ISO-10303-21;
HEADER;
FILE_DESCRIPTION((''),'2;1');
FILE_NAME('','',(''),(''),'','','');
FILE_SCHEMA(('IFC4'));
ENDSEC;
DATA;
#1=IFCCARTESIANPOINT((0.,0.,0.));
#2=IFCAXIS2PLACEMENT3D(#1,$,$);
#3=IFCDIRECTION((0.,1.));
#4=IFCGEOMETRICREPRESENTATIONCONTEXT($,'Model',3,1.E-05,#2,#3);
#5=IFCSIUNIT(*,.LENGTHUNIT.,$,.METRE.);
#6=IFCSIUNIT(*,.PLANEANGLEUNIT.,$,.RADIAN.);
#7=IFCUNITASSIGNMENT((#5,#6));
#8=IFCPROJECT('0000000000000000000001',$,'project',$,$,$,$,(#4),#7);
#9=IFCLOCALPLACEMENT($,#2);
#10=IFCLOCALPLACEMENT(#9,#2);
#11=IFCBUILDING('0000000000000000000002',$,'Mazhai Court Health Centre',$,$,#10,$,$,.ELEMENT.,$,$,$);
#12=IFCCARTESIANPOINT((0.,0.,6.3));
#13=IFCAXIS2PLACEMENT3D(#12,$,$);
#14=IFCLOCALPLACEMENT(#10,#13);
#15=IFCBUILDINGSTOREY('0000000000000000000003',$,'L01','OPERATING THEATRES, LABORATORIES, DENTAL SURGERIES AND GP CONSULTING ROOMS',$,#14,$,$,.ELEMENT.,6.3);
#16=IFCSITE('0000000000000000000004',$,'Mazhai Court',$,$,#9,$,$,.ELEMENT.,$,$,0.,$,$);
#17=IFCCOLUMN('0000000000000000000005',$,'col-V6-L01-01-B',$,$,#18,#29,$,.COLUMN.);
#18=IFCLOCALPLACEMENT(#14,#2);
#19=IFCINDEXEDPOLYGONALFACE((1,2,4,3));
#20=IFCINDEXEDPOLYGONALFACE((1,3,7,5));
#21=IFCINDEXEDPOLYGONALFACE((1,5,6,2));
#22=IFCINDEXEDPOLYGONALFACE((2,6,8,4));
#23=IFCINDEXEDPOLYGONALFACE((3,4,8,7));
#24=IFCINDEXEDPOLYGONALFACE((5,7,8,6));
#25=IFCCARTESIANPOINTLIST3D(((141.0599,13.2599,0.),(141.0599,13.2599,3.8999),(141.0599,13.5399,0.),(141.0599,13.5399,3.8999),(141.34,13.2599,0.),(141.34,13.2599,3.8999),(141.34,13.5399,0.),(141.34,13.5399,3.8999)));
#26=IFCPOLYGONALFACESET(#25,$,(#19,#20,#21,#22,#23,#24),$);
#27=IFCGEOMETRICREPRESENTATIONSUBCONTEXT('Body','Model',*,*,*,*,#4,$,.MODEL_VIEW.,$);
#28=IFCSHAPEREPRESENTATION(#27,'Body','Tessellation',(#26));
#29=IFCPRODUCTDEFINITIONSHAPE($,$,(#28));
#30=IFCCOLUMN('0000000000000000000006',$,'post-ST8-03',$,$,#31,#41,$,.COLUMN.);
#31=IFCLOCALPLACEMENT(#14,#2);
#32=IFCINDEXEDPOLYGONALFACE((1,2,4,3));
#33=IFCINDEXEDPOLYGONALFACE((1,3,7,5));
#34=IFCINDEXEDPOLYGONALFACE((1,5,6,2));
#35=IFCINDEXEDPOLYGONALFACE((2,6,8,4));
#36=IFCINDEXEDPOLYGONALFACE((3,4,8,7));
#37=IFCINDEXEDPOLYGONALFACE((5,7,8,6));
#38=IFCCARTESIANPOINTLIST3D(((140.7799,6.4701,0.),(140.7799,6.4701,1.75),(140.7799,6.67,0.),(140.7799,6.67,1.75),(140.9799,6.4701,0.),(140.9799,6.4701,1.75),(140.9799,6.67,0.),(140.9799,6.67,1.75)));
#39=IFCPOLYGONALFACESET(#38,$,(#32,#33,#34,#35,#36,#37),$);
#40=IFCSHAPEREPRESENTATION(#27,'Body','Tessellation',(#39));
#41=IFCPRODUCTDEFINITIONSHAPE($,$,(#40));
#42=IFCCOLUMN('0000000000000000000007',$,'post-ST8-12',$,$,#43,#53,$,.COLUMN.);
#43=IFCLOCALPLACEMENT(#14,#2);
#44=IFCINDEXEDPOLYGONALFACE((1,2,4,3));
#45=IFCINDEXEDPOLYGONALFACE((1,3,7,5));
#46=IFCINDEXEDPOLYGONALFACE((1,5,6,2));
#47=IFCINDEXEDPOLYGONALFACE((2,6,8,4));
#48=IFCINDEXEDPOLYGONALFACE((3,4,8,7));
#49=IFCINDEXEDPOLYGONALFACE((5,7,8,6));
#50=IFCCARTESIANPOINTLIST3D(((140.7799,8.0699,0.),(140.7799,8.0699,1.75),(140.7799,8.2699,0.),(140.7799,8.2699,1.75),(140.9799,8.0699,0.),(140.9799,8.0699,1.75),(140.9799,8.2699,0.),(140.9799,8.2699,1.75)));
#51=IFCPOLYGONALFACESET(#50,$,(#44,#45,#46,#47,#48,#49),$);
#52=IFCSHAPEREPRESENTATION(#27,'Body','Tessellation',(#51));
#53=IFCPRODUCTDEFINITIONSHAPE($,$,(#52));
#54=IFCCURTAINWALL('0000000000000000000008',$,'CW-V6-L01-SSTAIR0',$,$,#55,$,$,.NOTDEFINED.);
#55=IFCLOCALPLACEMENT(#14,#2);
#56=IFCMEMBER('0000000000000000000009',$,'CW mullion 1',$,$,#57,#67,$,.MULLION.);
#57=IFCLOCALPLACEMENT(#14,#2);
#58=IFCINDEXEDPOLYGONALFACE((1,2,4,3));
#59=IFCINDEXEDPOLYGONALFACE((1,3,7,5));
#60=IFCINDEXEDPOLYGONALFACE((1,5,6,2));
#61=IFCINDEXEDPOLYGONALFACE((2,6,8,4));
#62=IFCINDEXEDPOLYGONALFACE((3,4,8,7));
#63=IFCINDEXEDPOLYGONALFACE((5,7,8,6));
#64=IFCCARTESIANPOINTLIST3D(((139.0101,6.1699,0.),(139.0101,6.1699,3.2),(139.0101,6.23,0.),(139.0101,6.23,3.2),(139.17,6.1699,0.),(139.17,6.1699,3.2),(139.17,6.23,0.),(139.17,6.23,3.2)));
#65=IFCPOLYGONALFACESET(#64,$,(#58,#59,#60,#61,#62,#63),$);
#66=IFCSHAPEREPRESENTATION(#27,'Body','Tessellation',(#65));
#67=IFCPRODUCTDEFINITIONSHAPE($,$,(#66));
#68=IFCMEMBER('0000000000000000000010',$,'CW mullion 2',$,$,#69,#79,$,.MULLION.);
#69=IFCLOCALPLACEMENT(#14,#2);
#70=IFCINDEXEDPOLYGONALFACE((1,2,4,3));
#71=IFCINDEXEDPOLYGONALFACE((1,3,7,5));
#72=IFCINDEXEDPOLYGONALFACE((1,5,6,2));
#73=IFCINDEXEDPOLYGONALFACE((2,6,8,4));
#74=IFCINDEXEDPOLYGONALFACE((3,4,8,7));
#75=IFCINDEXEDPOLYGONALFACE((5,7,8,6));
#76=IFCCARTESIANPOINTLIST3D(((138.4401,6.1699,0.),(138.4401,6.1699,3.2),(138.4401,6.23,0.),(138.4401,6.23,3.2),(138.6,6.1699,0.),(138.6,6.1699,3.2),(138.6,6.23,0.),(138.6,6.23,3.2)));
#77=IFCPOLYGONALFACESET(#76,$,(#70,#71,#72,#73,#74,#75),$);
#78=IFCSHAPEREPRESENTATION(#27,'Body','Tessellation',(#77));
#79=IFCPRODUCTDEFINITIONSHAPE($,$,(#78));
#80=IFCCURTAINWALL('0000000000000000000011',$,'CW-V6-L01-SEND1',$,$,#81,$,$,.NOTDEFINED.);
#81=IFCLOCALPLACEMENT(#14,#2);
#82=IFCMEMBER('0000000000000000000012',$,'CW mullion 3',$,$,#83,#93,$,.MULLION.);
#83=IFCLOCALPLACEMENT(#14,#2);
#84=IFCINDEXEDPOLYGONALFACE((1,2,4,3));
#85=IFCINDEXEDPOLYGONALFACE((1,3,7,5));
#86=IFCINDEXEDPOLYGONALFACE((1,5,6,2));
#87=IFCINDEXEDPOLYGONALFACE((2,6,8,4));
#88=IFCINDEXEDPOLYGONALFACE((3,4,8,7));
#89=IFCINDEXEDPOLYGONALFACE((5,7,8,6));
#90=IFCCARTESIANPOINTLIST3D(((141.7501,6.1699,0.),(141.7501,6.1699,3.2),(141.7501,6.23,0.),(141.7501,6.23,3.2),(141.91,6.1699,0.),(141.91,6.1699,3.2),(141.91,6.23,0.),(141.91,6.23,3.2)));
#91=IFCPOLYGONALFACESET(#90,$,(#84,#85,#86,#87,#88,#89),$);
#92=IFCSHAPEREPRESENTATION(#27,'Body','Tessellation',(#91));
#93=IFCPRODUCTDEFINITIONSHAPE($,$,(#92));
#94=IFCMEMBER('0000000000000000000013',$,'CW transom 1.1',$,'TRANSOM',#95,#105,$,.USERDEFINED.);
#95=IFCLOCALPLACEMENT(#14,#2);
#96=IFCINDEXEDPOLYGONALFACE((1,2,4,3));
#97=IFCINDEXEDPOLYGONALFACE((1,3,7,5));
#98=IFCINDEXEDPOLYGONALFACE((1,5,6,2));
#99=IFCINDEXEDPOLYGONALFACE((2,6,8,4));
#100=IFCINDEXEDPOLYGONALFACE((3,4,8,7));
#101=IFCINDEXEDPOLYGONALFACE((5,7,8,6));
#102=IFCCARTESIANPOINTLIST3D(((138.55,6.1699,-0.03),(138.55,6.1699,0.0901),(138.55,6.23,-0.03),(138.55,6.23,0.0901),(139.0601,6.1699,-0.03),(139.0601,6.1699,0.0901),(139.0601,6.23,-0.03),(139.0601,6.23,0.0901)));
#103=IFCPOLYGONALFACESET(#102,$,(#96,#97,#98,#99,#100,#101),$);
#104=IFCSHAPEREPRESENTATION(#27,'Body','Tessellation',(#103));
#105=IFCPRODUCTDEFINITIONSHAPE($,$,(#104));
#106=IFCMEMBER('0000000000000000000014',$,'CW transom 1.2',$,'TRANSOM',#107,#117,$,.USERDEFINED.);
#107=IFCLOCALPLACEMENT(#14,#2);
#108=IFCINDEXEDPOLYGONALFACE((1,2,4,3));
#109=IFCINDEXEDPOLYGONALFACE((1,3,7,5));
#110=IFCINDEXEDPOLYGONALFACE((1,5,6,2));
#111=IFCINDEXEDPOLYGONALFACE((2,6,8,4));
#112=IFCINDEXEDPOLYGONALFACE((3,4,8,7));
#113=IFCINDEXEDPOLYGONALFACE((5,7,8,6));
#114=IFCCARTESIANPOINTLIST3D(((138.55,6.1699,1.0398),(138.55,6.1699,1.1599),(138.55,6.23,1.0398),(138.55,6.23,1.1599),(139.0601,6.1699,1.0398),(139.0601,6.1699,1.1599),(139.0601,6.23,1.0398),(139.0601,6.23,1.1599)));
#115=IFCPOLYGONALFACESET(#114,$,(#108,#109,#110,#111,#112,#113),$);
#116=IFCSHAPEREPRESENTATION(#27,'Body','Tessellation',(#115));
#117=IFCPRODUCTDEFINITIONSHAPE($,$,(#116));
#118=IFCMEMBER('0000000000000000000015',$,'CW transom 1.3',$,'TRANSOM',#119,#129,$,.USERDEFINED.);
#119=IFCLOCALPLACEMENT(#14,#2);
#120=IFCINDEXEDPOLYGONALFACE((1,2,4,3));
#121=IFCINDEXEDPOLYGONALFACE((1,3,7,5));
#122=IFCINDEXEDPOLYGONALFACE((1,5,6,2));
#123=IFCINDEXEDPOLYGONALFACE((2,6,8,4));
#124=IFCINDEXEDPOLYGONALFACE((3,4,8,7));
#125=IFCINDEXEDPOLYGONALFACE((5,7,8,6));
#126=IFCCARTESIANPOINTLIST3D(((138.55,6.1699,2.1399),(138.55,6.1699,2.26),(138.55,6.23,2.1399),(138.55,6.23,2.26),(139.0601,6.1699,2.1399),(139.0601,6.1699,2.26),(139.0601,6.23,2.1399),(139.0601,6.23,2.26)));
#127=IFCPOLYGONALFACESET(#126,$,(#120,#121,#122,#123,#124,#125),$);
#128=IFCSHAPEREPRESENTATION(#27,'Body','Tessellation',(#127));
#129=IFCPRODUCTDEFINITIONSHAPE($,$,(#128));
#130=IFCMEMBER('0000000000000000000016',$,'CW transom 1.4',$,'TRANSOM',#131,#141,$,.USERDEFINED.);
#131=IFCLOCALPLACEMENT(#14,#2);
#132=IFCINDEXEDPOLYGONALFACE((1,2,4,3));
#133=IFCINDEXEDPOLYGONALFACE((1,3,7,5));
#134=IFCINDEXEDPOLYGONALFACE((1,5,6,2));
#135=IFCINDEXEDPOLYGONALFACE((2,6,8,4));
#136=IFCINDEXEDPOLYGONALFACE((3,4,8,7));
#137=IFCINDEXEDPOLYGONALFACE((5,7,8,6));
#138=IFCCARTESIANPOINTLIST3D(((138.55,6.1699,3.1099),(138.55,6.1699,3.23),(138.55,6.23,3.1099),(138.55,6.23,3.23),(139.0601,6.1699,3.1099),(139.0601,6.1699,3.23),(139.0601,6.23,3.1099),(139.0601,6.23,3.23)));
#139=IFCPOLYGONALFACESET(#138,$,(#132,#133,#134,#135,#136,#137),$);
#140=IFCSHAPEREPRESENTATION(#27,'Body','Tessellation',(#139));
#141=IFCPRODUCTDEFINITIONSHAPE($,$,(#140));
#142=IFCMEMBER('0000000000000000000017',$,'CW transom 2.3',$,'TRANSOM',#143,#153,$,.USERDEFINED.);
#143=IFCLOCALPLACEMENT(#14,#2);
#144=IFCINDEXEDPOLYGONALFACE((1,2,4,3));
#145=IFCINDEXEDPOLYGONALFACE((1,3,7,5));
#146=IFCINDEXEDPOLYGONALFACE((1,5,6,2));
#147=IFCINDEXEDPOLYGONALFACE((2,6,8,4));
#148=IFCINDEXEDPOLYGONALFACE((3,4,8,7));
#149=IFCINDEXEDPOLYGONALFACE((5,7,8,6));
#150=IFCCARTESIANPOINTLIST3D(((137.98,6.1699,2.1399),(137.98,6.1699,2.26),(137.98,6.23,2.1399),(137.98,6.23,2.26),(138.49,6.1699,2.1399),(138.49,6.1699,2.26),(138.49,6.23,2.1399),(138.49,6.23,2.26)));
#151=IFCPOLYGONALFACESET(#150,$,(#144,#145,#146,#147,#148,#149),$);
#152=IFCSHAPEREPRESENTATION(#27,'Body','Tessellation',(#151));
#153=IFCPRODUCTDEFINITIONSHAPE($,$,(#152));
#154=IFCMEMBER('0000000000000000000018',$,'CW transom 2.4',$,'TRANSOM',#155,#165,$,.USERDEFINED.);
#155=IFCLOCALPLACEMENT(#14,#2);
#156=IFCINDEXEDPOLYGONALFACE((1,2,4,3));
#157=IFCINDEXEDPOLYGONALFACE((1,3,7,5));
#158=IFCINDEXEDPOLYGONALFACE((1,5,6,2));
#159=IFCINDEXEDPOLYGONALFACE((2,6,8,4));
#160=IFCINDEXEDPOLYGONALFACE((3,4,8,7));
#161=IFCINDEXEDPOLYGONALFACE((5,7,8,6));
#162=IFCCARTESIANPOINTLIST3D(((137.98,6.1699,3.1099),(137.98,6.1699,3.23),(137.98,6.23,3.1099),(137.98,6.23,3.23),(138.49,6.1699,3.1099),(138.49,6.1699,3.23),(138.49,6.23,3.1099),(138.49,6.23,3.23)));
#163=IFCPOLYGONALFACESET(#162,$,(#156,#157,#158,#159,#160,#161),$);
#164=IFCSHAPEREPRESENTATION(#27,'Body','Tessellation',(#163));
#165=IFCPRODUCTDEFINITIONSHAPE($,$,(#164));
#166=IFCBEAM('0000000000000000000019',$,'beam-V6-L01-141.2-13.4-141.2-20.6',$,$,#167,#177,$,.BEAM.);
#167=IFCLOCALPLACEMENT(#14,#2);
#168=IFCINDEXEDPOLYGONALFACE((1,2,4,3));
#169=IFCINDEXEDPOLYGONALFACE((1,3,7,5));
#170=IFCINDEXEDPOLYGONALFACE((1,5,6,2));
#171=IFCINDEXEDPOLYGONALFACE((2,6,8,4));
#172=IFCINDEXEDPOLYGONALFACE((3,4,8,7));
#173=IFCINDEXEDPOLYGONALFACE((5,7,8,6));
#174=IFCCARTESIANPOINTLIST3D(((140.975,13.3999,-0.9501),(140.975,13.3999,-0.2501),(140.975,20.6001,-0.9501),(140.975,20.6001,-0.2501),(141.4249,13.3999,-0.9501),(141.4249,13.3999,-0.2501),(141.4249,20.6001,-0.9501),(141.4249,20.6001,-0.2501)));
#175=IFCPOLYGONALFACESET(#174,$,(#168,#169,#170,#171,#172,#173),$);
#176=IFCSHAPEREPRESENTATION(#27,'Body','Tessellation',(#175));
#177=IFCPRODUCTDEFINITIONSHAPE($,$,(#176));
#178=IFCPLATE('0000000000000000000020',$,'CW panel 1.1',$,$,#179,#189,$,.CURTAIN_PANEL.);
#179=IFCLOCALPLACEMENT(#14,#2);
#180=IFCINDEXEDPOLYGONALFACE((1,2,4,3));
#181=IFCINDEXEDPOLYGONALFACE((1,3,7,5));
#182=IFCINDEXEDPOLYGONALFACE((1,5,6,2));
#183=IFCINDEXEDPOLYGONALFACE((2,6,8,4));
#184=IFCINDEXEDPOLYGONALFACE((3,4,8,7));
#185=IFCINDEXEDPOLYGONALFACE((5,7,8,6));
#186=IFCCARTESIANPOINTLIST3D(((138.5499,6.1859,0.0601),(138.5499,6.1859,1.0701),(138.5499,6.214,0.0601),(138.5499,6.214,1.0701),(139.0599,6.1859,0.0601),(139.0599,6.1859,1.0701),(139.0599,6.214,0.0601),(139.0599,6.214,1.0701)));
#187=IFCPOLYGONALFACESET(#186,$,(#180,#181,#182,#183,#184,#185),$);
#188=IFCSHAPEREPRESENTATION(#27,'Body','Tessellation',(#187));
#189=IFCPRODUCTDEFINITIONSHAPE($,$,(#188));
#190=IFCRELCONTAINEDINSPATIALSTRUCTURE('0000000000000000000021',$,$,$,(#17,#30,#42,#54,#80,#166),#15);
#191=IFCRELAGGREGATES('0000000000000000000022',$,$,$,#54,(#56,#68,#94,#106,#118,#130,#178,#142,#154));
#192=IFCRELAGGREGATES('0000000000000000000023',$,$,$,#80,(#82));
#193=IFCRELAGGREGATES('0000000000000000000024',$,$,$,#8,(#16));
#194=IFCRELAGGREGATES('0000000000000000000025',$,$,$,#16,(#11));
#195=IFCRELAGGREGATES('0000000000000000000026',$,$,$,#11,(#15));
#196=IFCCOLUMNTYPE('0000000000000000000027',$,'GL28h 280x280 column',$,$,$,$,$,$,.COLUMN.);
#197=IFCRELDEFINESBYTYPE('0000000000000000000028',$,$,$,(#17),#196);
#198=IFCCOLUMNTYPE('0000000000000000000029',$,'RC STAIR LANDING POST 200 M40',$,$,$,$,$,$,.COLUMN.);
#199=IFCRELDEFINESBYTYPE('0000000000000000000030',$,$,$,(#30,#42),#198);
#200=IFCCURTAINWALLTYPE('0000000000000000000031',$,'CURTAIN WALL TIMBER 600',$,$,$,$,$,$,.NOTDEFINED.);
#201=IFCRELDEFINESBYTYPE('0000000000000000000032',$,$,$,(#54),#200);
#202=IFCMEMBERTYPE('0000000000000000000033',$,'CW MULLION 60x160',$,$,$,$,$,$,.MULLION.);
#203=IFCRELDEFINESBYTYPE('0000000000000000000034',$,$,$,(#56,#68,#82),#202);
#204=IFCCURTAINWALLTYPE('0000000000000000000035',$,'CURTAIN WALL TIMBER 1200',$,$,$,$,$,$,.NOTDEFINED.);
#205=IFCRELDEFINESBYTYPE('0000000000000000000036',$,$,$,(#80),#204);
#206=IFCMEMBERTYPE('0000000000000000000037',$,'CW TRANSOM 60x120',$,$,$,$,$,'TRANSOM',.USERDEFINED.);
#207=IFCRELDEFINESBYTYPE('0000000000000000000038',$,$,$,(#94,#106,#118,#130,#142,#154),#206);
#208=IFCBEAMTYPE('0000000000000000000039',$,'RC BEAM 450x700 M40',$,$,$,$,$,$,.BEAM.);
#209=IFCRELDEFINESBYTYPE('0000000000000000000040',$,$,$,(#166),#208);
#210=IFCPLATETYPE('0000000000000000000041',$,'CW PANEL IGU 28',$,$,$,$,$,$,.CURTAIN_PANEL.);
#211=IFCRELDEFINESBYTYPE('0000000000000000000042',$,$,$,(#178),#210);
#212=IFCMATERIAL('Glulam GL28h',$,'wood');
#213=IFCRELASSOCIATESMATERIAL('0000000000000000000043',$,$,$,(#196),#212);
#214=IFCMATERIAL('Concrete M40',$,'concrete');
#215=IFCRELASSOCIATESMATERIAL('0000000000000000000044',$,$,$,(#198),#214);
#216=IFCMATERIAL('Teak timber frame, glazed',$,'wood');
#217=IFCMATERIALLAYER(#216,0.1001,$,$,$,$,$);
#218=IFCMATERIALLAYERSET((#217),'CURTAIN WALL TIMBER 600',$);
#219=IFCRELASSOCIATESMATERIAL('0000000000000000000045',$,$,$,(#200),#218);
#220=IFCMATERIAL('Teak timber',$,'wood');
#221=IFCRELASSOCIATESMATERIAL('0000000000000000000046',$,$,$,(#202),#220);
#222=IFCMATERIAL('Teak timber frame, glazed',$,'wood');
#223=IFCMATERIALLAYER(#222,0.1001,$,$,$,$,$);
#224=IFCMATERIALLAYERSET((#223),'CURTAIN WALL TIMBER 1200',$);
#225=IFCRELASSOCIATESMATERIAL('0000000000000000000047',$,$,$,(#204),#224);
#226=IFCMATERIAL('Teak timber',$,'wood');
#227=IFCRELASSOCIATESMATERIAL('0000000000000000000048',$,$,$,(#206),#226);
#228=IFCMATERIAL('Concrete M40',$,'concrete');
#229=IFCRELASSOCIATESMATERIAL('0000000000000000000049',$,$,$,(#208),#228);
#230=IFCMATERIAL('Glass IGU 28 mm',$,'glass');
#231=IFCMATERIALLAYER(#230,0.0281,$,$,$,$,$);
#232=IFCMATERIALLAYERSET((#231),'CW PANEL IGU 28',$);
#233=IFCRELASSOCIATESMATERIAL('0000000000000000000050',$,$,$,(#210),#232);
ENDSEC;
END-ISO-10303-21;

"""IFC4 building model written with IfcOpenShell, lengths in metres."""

from ifc_helpers import new_model, si_unit, direction, frame, origin, origin_2d, place, context, subcontext, project, spatial, rectangle, extrude, material, layer, layer_set, material_profile, profile_set, type_object, element, aggregate, save


model = new_model("IFC4")

# Units and contexts
model_context = context("Model", 3, precision=1e-05, world=origin(), true_north=direction((0.0, 1.0)))
body_context = subcontext(model_context, "Body", "Model", "MODEL_VIEW")
ifc_project = project(units=[si_unit("LENGTHUNIT", "METRE"), si_unit("PLANEANGLEUNIT", "RADIAN")], contexts=[model_context])

# Site, building, storey
site_placement = place(None, origin())
site = spatial("IfcSite", under=ifc_project, at=site_placement, Name="Mazhai Court", CompositionType="ELEMENT", RefElevation=0.0)
building_placement = place(site_placement, origin())
building = spatial("IfcBuilding", under=site, at=building_placement, Name="Mazhai Court Health Centre", CompositionType="ELEMENT")
storey_placement = place(building_placement, frame((0.0, 0.0, 6.3)))
storey = spatial("IfcBuildingStorey", under=building, at=storey_placement, Name="L01", Description="OPERATING THEATRES, LABORATORIES, DENTAL SURGERIES AND GP CONSULTING ROOMS", CompositionType="ELEMENT", Elevation=6.3)

# Columns
ifc_material_1 = material(Name="Glulam GL28h", Category="wood")
ifc_material_profile_1 = material_profile(ifc_material_1, rectangle(XDim=0.28, YDim=0.28, at=origin_2d()), Name="GL28h 280x280")
ifc_profile_set_1 = profile_set([ifc_material_profile_1], Name="Glulam GL28h")
column_type_1 = type_object("IfcColumnType", Name="GL28h 280x280 column", PredefinedType="COLUMN", material=ifc_profile_set_1)
column_placement = place(storey_placement, frame((141.2, 13.3999, 0.0), z_axis=(0.0, 0.0, 1.0), x_axis=(1.0, 0.0, 0.0)))
element("IfcColumn", 1, at=column_placement, inside=storey, type_object=column_type_1, Name="col-V6-L01-01-B", PredefinedType="COLUMN", context=body_context, shape_type="SweptSolid", body=[
    extrude(rectangle(XDim=0.28, YDim=0.28, at=origin_2d()), origin(), (0.0, 0.0, 1.0), 3.8999),
])
ifc_material_2 = material(Name="Concrete M40", Category="concrete")
ifc_material_profile_2 = material_profile(ifc_material_2, rectangle(XDim=0.2, YDim=0.2, at=origin_2d()), Name="RC 200x200")
ifc_profile_set_2 = profile_set([ifc_material_profile_2], Name="Concrete M40")
column_type_2 = type_object("IfcColumnType", Name="RC STAIR LANDING POST 200 M40", PredefinedType="COLUMN", material=ifc_profile_set_2)
for number, where, z_axis, x_axis, name in (
    (2, (140.8799, 6.5701, 0.0), (0.0, 0.0, 1.0), (1.0, 0.0, 0.0), "post-ST8-03"),
    (3, (140.8799, 8.1699, 0.0), (0.0, 0.0, 1.0), (1.0, 0.0, 0.0), "post-ST8-12"),
):
    element("IfcColumn", number, at=place(storey_placement, frame(where, z_axis=z_axis, x_axis=x_axis)), inside=storey, type_object=column_type_2, Name=name, PredefinedType="COLUMN", context=body_context, shape_type="SweptSolid", body=[
        extrude(rectangle(XDim=0.2, YDim=0.2, at=origin_2d()), origin(), (0.0, 0.0, 1.0), 1.75),
    ])

# Curtain wall, members
ifc_material_3 = material(Name="Teak timber frame, glazed", Category="wood")
ifc_layer_1 = layer(ifc_material_3, 0.1001)
ifc_layer_set_1 = layer_set([ifc_layer_1], Name="CURTAIN WALL TIMBER 600")
curtain_wall_type_1 = type_object("IfcCurtainWallType", Name="CURTAIN WALL TIMBER 600", PredefinedType="NOTDEFINED", material=ifc_layer_set_1)
curtain_wall_1_placement = place(storey_placement, origin())
curtain_wall_1 = element("IfcCurtainWall", 4, at=curtain_wall_1_placement, inside=storey, type_object=curtain_wall_type_1, Name="CW-V6-L01-SSTAIR0", PredefinedType="NOTDEFINED")
ifc_material_4 = material(Name="Teak timber", Category="wood")
ifc_material_profile_3 = material_profile(ifc_material_4, rectangle(XDim=0.0601, YDim=0.1599, at=origin_2d()), Name="CW MULLION 60x160")
ifc_profile_set_3 = profile_set([ifc_material_profile_3], Name="Teak timber")
member_type_1 = type_object("IfcMemberType", Name="CW MULLION 60x160", PredefinedType="MULLION", material=ifc_profile_set_3)
member_1_placement = place(storey_placement, frame((139.0901, 6.2, 0.0), z_axis=(0.0, 0.0, 1.0), x_axis=(0.0, -1.0, 0.0)))
member_1 = element("IfcMember", 5, at=member_1_placement, type_object=member_type_1, Name="CW mullion 1", PredefinedType="MULLION", context=body_context, shape_type="SweptSolid", body=[
    extrude(rectangle(XDim=0.0601, YDim=0.1599, at=origin_2d()), origin(), (0.0, 0.0, 1.0), 3.2),
])
member_2_placement = place(storey_placement, frame((138.52, 6.2, 0.0), z_axis=(0.0, 0.0, 1.0), x_axis=(0.0, -1.0, 0.0)))
member_2 = element("IfcMember", 6, at=member_2_placement, type_object=member_type_1, Name="CW mullion 2", PredefinedType="MULLION", context=body_context, shape_type="SweptSolid", body=[
    extrude(rectangle(XDim=0.0601, YDim=0.1599, at=origin_2d()), origin(), (0.0, 0.0, 1.0), 3.2),
])

# Curtain wall, member
ifc_material_5 = material(Name="Teak timber frame, glazed", Category="wood")
ifc_layer_2 = layer(ifc_material_5, 0.1001)
ifc_layer_set_2 = layer_set([ifc_layer_2], Name="CURTAIN WALL TIMBER 1200")
curtain_wall_type_2 = type_object("IfcCurtainWallType", Name="CURTAIN WALL TIMBER 1200", PredefinedType="NOTDEFINED", material=ifc_layer_set_2)
curtain_wall_2_placement = place(storey_placement, origin())
curtain_wall_2 = element("IfcCurtainWall", 7, at=curtain_wall_2_placement, inside=storey, type_object=curtain_wall_type_2, Name="CW-V6-L01-SEND1", PredefinedType="NOTDEFINED")
member_3_placement = place(storey_placement, frame((141.8301, 6.2, 0.0), z_axis=(0.0, 0.0, 1.0), x_axis=(0.0, -1.0, 0.0)))
member_3 = element("IfcMember", 8, at=member_3_placement, type_object=member_type_1, Name="CW mullion 3", PredefinedType="MULLION", context=body_context, shape_type="SweptSolid", body=[
    extrude(rectangle(XDim=0.0601, YDim=0.1599, at=origin_2d()), origin(), (0.0, 0.0, 1.0), 3.2),
])

# Members
ifc_material_6 = material(Name="Teak timber", Category="wood")
ifc_material_profile_4 = material_profile(ifc_material_6, rectangle(XDim=0.0601, YDim=0.1201, at=origin_2d()), Name="CW TRANSOM 60x120")
ifc_profile_set_4 = profile_set([ifc_material_profile_4], Name="Teak timber")
member_type_2 = type_object("IfcMemberType", Name="CW TRANSOM 60x120", ElementType="TRANSOM", PredefinedType="USERDEFINED", material=ifc_profile_set_4)
member_4_placement = place(storey_placement, frame((139.0601, 6.2, 0.03), z_axis=(-1.0, 0.0, 0.0), x_axis=(0.0, -1.0, 0.0)))
member_4 = element("IfcMember", 9, at=member_4_placement, type_object=member_type_2, Name="CW transom 1.1", ObjectType="TRANSOM", PredefinedType="USERDEFINED", context=body_context, shape_type="SweptSolid", body=[
    extrude(rectangle(XDim=0.0601, YDim=0.1201, at=origin_2d()), origin(), (0.0, 0.0, 1.0), 0.51),
])
member_5_placement = place(storey_placement, frame((139.0601, 6.2, 1.0999), z_axis=(-1.0, 0.0, 0.0), x_axis=(0.0, -1.0, 0.0)))
member_5 = element("IfcMember", 10, at=member_5_placement, type_object=member_type_2, Name="CW transom 1.2", ObjectType="TRANSOM", PredefinedType="USERDEFINED", context=body_context, shape_type="SweptSolid", body=[
    extrude(rectangle(XDim=0.0601, YDim=0.1201, at=origin_2d()), origin(), (0.0, 0.0, 1.0), 0.51),
])
member_6_placement = place(storey_placement, frame((139.0601, 6.2, 2.2), z_axis=(-1.0, 0.0, 0.0), x_axis=(0.0, -1.0, 0.0)))
member_6 = element("IfcMember", 11, at=member_6_placement, type_object=member_type_2, Name="CW transom 1.3", ObjectType="TRANSOM", PredefinedType="USERDEFINED", context=body_context, shape_type="SweptSolid", body=[
    extrude(rectangle(XDim=0.0601, YDim=0.1201, at=origin_2d()), origin(), (0.0, 0.0, 1.0), 0.51),
])
member_7_placement = place(storey_placement, frame((139.0601, 6.2, 3.1699), z_axis=(-1.0, 0.0, 0.0), x_axis=(0.0, -1.0, 0.0)))
member_7 = element("IfcMember", 12, at=member_7_placement, type_object=member_type_2, Name="CW transom 1.4", ObjectType="TRANSOM", PredefinedType="USERDEFINED", context=body_context, shape_type="SweptSolid", body=[
    extrude(rectangle(XDim=0.0601, YDim=0.1201, at=origin_2d()), origin(), (0.0, 0.0, 1.0), 0.51),
])
member_8_placement = place(storey_placement, frame((138.49, 6.2, 2.2), z_axis=(-1.0, 0.0, 0.0), x_axis=(0.0, -1.0, 0.0)))
member_8 = element("IfcMember", 13, at=member_8_placement, type_object=member_type_2, Name="CW transom 2.3", ObjectType="TRANSOM", PredefinedType="USERDEFINED", context=body_context, shape_type="SweptSolid", body=[
    extrude(rectangle(XDim=0.0601, YDim=0.1201, at=origin_2d()), origin(), (0.0, 0.0, 1.0), 0.51),
])
member_9_placement = place(storey_placement, frame((138.49, 6.2, 3.1699), z_axis=(-1.0, 0.0, 0.0), x_axis=(0.0, -1.0, 0.0)))
member_9 = element("IfcMember", 14, at=member_9_placement, type_object=member_type_2, Name="CW transom 2.4", ObjectType="TRANSOM", PredefinedType="USERDEFINED", context=body_context, shape_type="SweptSolid", body=[
    extrude(rectangle(XDim=0.0601, YDim=0.1201, at=origin_2d()), origin(), (0.0, 0.0, 1.0), 0.51),
])

# Beam
ifc_material_7 = material(Name="Concrete M40", Category="concrete")
ifc_material_profile_5 = material_profile(ifc_material_7, rectangle(XDim=0.45, YDim=0.7, at=origin_2d()), Name="RC 450x700")
ifc_profile_set_5 = profile_set([ifc_material_profile_5], Name="Concrete M40")
beam_type = type_object("IfcBeamType", Name="RC BEAM 450x700 M40", PredefinedType="BEAM", material=ifc_profile_set_5)
beam_placement = place(storey_placement, frame((141.2, 13.3999, -0.6001), z_axis=(0.0, 1.0, 0.0), x_axis=(-1.0, 0.0, 0.0)))
element("IfcBeam", 15, at=beam_placement, inside=storey, type_object=beam_type, Name="beam-V6-L01-141.2-13.4-141.2-20.6", PredefinedType="BEAM", context=body_context, shape_type="SweptSolid", body=[
    extrude(rectangle(XDim=0.45, YDim=0.7, at=origin_2d()), origin(), (0.0, 0.0, 1.0), 7.2002),
])

# Plate
ifc_material_8 = material(Name="Glass IGU 28 mm", Category="glass")
ifc_layer_3 = layer(ifc_material_8, 0.0281)
ifc_layer_set_3 = layer_set([ifc_layer_3], Name="CW PANEL IGU 28")
plate_type = type_object("IfcPlateType", Name="CW PANEL IGU 28", PredefinedType="CURTAIN_PANEL", material=ifc_layer_set_3)
plate_1_placement = place(storey_placement, frame((138.8049, 6.2, 0.0601), z_axis=(0.0, 0.0, 1.0), x_axis=(-1.0, 0.0, 0.0)))
plate_1 = element("IfcPlate", 16, at=plate_1_placement, type_object=plate_type, Name="CW panel 1.1", PredefinedType="CURTAIN_PANEL", context=body_context, shape_type="SweptSolid", body=[
    extrude(rectangle(XDim=0.51, YDim=0.0281, at=origin_2d()), origin(), (0.0, 0.0, 1.0), 1.01),
])
aggregate(curtain_wall_1, [member_1, member_2, member_4, member_5, member_6, member_7, plate_1, member_8, member_9])
aggregate(curtain_wall_2, [member_3])

save(model, "model.ifc")
